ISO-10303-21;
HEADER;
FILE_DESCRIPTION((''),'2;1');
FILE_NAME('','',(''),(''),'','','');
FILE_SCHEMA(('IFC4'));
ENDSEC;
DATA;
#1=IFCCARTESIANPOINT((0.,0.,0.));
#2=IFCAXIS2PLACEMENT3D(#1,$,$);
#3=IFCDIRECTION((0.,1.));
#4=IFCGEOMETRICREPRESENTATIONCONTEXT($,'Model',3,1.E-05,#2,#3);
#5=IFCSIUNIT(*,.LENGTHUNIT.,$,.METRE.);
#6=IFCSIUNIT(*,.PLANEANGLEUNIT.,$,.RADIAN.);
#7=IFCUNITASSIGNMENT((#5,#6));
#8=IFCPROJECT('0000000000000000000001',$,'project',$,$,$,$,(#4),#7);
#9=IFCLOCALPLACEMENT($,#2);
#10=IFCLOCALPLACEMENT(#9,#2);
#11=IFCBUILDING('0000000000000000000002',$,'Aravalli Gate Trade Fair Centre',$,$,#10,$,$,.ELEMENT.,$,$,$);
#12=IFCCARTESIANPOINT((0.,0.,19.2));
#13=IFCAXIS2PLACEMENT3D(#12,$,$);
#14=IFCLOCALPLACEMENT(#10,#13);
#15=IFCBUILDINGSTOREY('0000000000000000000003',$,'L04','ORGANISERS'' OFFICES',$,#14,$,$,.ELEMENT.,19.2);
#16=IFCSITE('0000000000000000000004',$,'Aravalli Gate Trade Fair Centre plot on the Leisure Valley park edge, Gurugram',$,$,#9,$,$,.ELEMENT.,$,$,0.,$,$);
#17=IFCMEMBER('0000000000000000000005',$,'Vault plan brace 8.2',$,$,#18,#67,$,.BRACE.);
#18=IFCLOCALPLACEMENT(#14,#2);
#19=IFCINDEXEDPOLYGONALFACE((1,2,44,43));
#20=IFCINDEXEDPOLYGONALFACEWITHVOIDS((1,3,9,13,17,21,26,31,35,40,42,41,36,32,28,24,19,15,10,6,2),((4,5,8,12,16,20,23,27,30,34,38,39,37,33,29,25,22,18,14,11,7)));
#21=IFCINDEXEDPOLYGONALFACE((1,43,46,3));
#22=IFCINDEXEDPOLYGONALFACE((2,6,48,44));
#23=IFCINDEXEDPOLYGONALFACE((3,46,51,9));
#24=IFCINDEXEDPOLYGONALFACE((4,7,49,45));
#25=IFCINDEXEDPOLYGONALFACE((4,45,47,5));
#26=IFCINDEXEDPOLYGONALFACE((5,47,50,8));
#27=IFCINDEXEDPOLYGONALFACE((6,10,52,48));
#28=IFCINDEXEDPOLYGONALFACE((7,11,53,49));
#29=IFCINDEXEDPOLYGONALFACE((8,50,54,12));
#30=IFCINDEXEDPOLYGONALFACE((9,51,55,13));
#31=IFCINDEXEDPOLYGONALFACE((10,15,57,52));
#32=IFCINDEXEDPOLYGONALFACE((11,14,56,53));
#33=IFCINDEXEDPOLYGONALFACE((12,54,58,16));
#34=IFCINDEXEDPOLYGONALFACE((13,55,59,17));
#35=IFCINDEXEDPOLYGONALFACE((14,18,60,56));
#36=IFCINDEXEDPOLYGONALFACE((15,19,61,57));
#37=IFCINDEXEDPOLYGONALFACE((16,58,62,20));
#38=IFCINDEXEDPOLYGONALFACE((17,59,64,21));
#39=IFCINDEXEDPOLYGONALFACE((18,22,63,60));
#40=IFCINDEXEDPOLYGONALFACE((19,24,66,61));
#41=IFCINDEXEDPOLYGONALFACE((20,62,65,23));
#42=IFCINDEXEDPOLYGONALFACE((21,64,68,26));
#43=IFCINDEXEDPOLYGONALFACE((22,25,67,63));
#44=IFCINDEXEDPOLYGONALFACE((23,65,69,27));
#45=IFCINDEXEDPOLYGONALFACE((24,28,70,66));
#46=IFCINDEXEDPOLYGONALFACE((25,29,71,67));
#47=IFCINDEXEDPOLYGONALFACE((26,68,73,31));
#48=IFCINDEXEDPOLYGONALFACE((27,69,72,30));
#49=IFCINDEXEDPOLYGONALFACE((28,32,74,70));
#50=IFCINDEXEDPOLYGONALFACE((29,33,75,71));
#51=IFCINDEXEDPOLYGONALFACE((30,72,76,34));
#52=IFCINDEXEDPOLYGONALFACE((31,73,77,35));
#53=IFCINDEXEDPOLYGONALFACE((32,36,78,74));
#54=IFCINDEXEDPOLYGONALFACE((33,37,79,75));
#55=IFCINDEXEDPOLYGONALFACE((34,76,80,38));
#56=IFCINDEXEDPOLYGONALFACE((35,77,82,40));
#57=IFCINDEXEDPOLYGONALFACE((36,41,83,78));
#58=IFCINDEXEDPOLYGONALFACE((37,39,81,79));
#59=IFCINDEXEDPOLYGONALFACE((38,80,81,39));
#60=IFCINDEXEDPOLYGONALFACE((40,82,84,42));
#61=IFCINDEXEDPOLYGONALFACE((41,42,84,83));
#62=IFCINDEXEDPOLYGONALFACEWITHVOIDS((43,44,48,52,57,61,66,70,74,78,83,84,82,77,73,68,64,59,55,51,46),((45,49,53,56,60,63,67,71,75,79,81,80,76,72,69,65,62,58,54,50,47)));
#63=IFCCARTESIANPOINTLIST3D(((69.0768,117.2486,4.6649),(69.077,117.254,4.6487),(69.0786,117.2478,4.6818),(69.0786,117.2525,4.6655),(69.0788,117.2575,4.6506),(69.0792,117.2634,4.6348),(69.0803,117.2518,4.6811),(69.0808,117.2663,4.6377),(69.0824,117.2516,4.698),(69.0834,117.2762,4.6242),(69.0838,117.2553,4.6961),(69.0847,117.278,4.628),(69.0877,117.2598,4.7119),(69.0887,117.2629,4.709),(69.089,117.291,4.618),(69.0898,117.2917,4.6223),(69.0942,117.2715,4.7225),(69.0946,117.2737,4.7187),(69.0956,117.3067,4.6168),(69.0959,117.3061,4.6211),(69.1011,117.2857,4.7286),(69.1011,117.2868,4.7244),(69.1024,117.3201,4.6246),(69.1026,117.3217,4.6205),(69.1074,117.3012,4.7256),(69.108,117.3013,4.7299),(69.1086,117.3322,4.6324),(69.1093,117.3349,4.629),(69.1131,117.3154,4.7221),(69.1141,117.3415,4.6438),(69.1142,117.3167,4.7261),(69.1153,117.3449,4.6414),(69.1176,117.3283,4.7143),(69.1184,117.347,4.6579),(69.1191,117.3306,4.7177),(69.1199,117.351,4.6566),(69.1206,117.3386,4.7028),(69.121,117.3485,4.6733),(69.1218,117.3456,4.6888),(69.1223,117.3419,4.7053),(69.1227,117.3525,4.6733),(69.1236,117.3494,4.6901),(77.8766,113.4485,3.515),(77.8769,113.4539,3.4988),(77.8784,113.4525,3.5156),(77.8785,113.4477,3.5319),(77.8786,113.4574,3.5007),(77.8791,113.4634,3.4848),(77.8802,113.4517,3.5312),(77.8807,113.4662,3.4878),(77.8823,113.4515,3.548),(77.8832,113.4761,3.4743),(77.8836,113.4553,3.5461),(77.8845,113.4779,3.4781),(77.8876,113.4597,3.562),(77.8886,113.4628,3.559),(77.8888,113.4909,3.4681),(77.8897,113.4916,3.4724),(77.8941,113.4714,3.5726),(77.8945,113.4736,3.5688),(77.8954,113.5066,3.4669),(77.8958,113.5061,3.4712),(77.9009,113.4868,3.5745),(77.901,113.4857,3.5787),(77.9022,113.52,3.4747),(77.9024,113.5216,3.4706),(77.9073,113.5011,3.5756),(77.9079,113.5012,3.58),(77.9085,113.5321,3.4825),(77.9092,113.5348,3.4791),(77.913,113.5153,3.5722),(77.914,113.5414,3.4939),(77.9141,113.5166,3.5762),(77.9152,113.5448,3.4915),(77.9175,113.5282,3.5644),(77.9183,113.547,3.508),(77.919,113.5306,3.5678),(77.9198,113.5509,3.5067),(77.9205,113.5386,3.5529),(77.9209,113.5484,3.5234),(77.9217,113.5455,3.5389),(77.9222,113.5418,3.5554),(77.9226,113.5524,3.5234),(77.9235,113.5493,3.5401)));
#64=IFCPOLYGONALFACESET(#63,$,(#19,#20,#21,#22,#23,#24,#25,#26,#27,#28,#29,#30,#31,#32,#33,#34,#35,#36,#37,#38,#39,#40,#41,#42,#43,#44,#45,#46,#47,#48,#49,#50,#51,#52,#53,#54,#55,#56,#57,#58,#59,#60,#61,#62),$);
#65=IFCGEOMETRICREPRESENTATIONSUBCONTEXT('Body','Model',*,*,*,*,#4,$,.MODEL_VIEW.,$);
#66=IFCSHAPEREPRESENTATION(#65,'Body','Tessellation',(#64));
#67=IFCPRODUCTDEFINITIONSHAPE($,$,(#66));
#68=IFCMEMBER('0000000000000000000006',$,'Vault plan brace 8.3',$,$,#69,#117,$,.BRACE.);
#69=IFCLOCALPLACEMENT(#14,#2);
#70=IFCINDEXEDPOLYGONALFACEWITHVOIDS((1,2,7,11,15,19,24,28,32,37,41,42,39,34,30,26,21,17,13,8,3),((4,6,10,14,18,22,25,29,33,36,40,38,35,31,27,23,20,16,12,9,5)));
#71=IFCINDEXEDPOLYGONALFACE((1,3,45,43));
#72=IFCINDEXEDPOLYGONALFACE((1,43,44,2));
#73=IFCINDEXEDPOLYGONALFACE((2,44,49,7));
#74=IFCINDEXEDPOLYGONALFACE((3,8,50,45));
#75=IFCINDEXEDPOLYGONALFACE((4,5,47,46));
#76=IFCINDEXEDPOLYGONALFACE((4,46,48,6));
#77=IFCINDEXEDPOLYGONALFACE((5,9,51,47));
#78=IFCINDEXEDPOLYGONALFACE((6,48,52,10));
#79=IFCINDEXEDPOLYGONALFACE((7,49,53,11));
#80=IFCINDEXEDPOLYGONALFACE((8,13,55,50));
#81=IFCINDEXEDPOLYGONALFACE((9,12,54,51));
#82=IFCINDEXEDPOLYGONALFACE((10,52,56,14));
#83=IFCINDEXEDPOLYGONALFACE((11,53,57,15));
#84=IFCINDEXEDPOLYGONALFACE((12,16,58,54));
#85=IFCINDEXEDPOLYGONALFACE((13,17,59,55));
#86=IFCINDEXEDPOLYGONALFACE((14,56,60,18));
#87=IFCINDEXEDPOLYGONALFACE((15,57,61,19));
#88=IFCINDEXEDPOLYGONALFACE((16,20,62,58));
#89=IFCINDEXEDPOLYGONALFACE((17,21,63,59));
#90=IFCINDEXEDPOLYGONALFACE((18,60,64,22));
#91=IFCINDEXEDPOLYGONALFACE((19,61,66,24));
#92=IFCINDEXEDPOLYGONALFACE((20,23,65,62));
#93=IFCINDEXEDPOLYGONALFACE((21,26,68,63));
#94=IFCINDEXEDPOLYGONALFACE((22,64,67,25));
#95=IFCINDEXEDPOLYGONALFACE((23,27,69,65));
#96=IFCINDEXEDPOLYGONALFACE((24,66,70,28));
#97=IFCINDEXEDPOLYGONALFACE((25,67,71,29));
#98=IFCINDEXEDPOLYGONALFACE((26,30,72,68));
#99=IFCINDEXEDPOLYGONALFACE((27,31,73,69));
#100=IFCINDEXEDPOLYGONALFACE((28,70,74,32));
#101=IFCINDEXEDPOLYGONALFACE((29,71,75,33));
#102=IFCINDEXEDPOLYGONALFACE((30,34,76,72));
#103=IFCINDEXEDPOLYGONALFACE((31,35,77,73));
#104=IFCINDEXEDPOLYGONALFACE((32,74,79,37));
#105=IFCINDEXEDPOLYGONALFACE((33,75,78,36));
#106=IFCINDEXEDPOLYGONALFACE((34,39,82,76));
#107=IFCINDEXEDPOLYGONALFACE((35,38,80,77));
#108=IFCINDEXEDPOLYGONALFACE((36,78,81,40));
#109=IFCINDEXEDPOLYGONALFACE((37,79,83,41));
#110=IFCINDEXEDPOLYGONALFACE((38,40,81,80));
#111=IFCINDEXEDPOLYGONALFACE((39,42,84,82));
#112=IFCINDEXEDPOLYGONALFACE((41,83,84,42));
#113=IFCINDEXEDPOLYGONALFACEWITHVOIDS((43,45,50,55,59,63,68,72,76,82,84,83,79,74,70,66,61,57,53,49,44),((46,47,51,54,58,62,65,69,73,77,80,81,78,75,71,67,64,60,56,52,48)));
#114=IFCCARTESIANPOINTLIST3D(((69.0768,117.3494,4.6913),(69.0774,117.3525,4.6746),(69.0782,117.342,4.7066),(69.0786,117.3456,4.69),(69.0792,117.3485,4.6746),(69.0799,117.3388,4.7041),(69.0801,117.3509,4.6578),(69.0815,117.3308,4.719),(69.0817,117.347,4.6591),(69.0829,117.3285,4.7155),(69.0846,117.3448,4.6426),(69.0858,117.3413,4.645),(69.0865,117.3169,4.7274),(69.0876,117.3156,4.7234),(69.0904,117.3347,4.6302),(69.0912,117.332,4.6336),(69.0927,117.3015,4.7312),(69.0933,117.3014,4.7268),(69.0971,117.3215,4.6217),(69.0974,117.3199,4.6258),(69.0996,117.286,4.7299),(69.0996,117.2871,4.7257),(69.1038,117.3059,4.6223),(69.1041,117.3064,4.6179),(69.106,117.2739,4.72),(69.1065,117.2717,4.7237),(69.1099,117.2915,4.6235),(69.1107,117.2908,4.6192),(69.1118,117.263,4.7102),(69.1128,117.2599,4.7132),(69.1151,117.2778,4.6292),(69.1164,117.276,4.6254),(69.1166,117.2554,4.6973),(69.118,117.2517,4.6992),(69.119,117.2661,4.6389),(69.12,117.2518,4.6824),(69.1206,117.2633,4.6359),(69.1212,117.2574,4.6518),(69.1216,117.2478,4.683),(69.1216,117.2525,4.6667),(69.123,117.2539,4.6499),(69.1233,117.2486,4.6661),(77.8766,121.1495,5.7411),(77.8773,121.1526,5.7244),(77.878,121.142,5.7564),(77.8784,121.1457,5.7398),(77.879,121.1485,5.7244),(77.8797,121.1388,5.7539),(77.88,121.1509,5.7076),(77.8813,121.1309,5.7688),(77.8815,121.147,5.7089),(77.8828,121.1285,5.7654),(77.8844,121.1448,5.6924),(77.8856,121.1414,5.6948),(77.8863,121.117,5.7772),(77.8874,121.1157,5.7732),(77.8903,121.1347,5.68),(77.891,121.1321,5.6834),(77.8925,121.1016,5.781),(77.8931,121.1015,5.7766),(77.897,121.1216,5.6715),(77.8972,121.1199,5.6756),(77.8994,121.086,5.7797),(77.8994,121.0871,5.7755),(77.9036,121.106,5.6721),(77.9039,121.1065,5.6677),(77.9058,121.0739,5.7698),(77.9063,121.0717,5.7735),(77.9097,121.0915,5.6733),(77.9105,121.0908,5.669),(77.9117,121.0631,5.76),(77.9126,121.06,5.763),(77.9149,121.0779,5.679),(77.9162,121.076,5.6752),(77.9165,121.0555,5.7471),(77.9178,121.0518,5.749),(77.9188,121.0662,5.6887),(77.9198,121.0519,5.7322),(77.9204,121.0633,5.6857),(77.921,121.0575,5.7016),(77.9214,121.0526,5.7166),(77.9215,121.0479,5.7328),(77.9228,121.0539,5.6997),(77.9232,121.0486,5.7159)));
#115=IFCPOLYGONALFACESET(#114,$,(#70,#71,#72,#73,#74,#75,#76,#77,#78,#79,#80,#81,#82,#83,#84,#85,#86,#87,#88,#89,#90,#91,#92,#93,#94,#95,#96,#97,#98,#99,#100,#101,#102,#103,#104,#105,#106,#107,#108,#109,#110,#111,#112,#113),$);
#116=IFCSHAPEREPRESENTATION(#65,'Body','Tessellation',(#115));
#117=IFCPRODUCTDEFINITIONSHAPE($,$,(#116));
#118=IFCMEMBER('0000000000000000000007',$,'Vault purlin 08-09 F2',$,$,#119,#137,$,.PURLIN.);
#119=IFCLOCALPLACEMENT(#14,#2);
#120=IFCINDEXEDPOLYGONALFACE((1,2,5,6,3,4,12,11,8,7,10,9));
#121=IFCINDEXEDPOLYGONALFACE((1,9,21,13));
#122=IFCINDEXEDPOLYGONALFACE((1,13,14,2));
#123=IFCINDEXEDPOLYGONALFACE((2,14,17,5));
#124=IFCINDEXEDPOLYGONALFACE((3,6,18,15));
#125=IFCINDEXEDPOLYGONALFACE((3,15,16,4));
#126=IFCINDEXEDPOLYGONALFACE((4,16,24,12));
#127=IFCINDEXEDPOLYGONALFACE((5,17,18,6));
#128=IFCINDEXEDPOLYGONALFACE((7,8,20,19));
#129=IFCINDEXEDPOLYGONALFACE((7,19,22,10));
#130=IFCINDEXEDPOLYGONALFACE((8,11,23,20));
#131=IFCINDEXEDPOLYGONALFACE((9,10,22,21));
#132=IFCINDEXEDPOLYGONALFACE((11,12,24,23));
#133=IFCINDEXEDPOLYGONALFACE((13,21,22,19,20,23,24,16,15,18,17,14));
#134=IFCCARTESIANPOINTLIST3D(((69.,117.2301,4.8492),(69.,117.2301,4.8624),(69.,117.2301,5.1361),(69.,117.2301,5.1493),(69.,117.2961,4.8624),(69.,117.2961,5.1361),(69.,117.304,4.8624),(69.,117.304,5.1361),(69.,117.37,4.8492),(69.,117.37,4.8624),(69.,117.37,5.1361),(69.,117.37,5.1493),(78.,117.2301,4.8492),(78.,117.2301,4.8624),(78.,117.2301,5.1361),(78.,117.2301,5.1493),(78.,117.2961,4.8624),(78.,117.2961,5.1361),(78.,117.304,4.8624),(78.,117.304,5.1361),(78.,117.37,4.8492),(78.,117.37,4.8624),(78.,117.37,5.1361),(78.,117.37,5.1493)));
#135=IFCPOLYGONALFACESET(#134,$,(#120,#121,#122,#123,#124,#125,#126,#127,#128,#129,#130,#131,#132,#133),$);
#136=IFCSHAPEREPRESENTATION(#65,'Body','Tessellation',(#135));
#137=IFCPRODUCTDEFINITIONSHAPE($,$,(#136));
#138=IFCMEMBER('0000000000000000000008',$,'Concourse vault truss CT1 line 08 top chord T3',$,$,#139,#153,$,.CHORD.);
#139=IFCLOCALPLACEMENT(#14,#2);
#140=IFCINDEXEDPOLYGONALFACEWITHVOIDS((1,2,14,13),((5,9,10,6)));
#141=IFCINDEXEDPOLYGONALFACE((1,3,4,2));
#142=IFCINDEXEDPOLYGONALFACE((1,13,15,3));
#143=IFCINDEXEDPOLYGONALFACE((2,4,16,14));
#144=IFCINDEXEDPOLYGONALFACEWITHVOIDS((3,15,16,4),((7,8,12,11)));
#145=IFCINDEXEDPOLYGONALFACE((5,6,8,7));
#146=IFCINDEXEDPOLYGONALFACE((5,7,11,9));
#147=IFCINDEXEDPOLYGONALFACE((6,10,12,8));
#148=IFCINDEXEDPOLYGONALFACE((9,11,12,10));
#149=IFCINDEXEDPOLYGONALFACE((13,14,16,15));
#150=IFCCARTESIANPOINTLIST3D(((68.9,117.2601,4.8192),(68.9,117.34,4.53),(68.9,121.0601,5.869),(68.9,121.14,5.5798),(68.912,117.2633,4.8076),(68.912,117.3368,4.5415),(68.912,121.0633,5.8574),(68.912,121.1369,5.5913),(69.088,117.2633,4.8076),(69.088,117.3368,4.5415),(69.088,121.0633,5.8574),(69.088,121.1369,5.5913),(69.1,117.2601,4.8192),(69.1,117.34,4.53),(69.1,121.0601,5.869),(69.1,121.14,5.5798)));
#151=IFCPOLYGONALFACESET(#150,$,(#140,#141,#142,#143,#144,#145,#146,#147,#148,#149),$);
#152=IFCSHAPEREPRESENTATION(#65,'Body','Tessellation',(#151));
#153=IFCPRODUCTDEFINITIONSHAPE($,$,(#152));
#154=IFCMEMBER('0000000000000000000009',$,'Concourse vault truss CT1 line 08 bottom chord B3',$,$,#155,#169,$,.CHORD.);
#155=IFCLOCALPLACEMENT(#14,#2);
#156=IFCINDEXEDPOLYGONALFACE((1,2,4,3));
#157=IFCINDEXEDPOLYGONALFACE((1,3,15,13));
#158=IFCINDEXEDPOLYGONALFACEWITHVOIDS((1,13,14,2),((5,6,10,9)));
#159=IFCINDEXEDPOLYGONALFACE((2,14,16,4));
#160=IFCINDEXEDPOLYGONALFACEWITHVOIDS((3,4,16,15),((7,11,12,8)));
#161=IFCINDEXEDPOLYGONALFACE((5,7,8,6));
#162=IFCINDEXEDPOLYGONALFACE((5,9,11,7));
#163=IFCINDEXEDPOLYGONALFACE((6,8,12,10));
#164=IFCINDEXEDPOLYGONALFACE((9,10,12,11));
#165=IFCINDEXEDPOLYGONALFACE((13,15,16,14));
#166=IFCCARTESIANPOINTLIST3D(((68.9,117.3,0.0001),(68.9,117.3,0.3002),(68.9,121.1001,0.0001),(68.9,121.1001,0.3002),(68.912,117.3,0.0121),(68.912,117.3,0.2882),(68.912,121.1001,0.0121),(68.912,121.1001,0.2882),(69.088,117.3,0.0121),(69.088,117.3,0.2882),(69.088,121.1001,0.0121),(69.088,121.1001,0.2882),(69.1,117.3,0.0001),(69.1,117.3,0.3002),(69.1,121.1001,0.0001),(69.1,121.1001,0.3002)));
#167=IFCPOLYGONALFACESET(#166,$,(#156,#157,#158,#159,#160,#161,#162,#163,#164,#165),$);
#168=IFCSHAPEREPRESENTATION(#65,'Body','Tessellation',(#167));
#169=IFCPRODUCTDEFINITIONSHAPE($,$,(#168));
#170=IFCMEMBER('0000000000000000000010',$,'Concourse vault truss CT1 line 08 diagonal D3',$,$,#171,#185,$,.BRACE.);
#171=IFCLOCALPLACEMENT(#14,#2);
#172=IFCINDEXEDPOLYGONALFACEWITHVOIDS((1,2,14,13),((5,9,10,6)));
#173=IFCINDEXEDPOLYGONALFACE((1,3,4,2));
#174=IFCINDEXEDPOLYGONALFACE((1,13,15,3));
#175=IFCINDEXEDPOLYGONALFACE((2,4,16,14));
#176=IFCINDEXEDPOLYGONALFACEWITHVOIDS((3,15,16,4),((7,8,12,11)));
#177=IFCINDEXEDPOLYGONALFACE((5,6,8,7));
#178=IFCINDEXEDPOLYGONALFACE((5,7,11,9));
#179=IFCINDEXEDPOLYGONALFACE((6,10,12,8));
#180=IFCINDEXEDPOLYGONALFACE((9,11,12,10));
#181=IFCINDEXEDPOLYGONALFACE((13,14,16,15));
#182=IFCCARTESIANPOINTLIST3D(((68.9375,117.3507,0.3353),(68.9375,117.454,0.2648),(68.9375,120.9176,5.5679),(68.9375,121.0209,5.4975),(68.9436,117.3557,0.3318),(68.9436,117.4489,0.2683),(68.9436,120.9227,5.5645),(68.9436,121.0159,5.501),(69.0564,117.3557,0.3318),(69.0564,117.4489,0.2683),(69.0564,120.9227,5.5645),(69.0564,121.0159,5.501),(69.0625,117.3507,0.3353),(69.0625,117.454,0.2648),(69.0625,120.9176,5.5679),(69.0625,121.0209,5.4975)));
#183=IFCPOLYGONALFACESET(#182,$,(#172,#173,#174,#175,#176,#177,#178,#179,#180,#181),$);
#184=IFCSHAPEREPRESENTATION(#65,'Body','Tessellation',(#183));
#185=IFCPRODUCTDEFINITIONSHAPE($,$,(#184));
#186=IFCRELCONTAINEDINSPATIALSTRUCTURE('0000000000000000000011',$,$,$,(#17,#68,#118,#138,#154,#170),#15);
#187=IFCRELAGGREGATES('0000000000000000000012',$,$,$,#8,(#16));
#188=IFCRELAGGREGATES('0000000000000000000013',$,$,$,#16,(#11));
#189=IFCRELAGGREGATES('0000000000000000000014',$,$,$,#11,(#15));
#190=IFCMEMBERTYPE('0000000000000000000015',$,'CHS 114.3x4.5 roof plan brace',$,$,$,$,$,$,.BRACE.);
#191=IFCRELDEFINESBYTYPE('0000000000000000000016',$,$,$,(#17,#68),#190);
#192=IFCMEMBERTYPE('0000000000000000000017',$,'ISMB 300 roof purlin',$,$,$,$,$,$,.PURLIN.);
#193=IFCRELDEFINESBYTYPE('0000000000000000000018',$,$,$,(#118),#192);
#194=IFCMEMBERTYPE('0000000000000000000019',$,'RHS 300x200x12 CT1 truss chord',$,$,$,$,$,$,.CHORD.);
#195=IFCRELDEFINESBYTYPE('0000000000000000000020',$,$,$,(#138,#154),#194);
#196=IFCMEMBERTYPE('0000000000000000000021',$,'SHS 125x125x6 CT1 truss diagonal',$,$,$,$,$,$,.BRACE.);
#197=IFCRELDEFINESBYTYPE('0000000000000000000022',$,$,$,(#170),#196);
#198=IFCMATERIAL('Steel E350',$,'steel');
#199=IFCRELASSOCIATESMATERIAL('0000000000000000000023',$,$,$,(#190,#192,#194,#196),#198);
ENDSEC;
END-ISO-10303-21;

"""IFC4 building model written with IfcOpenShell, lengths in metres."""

from ifc_helpers import new_model, si_unit, direction, frame, origin, origin_2d, place, context, subcontext, project, spatial, hollow_rectangle, hollow_circle, i_section, extrude, material, material_profile, profile_set, type_object, element, save


model = new_model("IFC4")

# Units and contexts
model_context = context("Model", 3, precision=1e-05, world=origin(), true_north=direction((0.0, 1.0)))
body_context = subcontext(model_context, "Body", "Model", "MODEL_VIEW")
ifc_project = project(units=[si_unit("LENGTHUNIT", "METRE"), si_unit("PLANEANGLEUNIT", "RADIAN")], contexts=[model_context])

# Site, building, storey
site_placement = place(None, origin())
site = spatial("IfcSite", under=ifc_project, at=site_placement, Name="Aravalli Gate Trade Fair Centre plot on the Leisure Valley park edge, Gurugram", CompositionType="ELEMENT", RefElevation=0.0)
building_placement = place(site_placement, origin())
building = spatial("IfcBuilding", under=site, at=building_placement, Name="Aravalli Gate Trade Fair Centre", CompositionType="ELEMENT")
storey_placement = place(building_placement, frame((0.0, 0.0, 19.2)))
storey = spatial("IfcBuildingStorey", under=building, at=storey_placement, Name="L04", Description="ORGANISERS' OFFICES", CompositionType="ELEMENT", Elevation=19.2)

# Members
ifc_material_1 = material(Name="Steel E350", Category="steel")
ifc_material_profile_1 = material_profile(ifc_material_1, hollow_circle(Radius=0.0571, WallThickness=0.0044, at=origin_2d()), Name="CHS 114.3x4.5")
ifc_profile_set_1 = profile_set([ifc_material_profile_1], Name="Steel E350")
member_type_1 = type_object("IfcMemberType", Name="CHS 114.3x4.5 roof plan brace", PredefinedType="BRACE", material=ifc_profile_set_1)
member_1_placement = place(storey_placement, frame((69.1001, 117.3, 4.6733), z_axis=(0.911522, -0.393625, -0.119112), x_axis=(0.396448, 0.918057, 0.0)))
element("IfcMember", 1, at=member_1_placement, inside=storey, type_object=member_type_1, Name="Vault plan brace 8.2", PredefinedType="BRACE", context=body_context, shape_type="SweptSolid", body=[
    extrude(hollow_circle(Radius=0.0571, WallThickness=0.0044, at=origin_2d()), origin(), (0.0, 0.0, 1.0), 9.6541),
])
member_2_placement = place(storey_placement, frame((69.1001, 117.3, 4.6746), z_axis=(0.9126, 0.394091, 0.108872), x_axis=(-0.396448, 0.918057, 0.0)))
element("IfcMember", 2, at=member_2_placement, inside=storey, type_object=member_type_1, Name="Vault plan brace 8.3", PredefinedType="BRACE", context=body_context, shape_type="SweptSolid", body=[
    extrude(hollow_circle(Radius=0.0571, WallThickness=0.0044, at=origin_2d()), origin(), (0.0, 0.0, 1.0), 9.6426),
])
ifc_material_profile_2 = material_profile(ifc_material_1, i_section(OverallWidth=0.1399, OverallDepth=0.3, WebThickness=0.0078, FlangeThickness=0.0132, at=origin_2d()), Name="ISMB 300")
ifc_profile_set_2 = profile_set([ifc_material_profile_2], Name="Steel E350")
member_type_2 = type_object("IfcMemberType", Name="ISMB 300 roof purlin", PredefinedType="PURLIN", material=ifc_profile_set_2)
member_3_placement = place(storey_placement, frame((69.0, 117.3, 4.9993), z_axis=(1.0, 0.0, 0.0), x_axis=(0.0, 1.0, 0.0)))
element("IfcMember", 3, at=member_3_placement, inside=storey, type_object=member_type_2, Name="Vault purlin 08-09 F2", PredefinedType="PURLIN", context=body_context, shape_type="SweptSolid", body=[
    extrude(i_section(OverallWidth=0.1399, OverallDepth=0.3, WebThickness=0.0078, FlangeThickness=0.0132, at=origin_2d()), origin(), (0.0, 0.0, 1.0), 9.0),
])
ifc_material_profile_3 = material_profile(ifc_material_1, hollow_rectangle(XDim=0.2, YDim=0.3, WallThickness=0.012, at=origin_2d()), Name="RHS 300x200x12")
ifc_profile_set_3 = profile_set([ifc_material_profile_3], Name="Steel E350")
member_type_3 = type_object("IfcMemberType", Name="RHS 300x200x12 CT1 truss chord", PredefinedType="CHORD", material=ifc_profile_set_3)
member_4_placement = place(storey_placement, frame((69.0, 117.3, 4.6746), z_axis=(0.0, 0.963894, 0.266286), x_axis=(-1.0, 0.0, 0.0)))
element("IfcMember", 4, at=member_4_placement, inside=storey, type_object=member_type_3, Name="Concourse vault truss CT1 line 08 top chord T3", PredefinedType="CHORD", context=body_context, shape_type="SweptSolid", body=[
    extrude(hollow_rectangle(XDim=0.2, YDim=0.3, WallThickness=0.012, at=origin_2d()), origin(), (0.0, 0.0, 1.0), 3.9424),
])
member_5_placement = place(storey_placement, frame((69.0, 117.3, 0.1501), z_axis=(0.0, 1.0, 0.0), x_axis=(-1.0, 0.0, 0.0)))
element("IfcMember", 5, at=member_5_placement, inside=storey, type_object=member_type_3, Name="Concourse vault truss CT1 line 08 bottom chord B3", PredefinedType="CHORD", context=body_context, shape_type="SweptSolid", body=[
    extrude(hollow_rectangle(XDim=0.2, YDim=0.3, WallThickness=0.012, at=origin_2d()), origin(), (0.0, 0.0, 1.0), 3.8),
])
ifc_material_profile_4 = material_profile(ifc_material_1, hollow_rectangle(XDim=0.125, YDim=0.125, WallThickness=0.0061, at=origin_2d()), Name="SHS 125x125x6")
ifc_profile_set_4 = profile_set([ifc_material_profile_4], Name="Steel E350")
member_type_4 = type_object("IfcMemberType", Name="SHS 125x125x6 CT1 truss diagonal", PredefinedType="BRACE", material=ifc_profile_set_4)
member_6_placement = place(storey_placement, frame((69.0, 117.4023, 0.3), z_axis=(0.0, 0.563247, 0.826289), x_axis=(-1.0, 0.0, 0.0)))
element("IfcMember", 6, at=member_6_placement, inside=storey, type_object=member_type_4, Name="Concourse vault truss CT1 line 08 diagonal D3", PredefinedType="BRACE", context=body_context, shape_type="SweptSolid", body=[
    extrude(hollow_rectangle(XDim=0.125, YDim=0.125, WallThickness=0.0061, at=origin_2d()), origin(), (0.0, 0.0, 1.0), 6.3328),
])

save(model, "model.ifc")
